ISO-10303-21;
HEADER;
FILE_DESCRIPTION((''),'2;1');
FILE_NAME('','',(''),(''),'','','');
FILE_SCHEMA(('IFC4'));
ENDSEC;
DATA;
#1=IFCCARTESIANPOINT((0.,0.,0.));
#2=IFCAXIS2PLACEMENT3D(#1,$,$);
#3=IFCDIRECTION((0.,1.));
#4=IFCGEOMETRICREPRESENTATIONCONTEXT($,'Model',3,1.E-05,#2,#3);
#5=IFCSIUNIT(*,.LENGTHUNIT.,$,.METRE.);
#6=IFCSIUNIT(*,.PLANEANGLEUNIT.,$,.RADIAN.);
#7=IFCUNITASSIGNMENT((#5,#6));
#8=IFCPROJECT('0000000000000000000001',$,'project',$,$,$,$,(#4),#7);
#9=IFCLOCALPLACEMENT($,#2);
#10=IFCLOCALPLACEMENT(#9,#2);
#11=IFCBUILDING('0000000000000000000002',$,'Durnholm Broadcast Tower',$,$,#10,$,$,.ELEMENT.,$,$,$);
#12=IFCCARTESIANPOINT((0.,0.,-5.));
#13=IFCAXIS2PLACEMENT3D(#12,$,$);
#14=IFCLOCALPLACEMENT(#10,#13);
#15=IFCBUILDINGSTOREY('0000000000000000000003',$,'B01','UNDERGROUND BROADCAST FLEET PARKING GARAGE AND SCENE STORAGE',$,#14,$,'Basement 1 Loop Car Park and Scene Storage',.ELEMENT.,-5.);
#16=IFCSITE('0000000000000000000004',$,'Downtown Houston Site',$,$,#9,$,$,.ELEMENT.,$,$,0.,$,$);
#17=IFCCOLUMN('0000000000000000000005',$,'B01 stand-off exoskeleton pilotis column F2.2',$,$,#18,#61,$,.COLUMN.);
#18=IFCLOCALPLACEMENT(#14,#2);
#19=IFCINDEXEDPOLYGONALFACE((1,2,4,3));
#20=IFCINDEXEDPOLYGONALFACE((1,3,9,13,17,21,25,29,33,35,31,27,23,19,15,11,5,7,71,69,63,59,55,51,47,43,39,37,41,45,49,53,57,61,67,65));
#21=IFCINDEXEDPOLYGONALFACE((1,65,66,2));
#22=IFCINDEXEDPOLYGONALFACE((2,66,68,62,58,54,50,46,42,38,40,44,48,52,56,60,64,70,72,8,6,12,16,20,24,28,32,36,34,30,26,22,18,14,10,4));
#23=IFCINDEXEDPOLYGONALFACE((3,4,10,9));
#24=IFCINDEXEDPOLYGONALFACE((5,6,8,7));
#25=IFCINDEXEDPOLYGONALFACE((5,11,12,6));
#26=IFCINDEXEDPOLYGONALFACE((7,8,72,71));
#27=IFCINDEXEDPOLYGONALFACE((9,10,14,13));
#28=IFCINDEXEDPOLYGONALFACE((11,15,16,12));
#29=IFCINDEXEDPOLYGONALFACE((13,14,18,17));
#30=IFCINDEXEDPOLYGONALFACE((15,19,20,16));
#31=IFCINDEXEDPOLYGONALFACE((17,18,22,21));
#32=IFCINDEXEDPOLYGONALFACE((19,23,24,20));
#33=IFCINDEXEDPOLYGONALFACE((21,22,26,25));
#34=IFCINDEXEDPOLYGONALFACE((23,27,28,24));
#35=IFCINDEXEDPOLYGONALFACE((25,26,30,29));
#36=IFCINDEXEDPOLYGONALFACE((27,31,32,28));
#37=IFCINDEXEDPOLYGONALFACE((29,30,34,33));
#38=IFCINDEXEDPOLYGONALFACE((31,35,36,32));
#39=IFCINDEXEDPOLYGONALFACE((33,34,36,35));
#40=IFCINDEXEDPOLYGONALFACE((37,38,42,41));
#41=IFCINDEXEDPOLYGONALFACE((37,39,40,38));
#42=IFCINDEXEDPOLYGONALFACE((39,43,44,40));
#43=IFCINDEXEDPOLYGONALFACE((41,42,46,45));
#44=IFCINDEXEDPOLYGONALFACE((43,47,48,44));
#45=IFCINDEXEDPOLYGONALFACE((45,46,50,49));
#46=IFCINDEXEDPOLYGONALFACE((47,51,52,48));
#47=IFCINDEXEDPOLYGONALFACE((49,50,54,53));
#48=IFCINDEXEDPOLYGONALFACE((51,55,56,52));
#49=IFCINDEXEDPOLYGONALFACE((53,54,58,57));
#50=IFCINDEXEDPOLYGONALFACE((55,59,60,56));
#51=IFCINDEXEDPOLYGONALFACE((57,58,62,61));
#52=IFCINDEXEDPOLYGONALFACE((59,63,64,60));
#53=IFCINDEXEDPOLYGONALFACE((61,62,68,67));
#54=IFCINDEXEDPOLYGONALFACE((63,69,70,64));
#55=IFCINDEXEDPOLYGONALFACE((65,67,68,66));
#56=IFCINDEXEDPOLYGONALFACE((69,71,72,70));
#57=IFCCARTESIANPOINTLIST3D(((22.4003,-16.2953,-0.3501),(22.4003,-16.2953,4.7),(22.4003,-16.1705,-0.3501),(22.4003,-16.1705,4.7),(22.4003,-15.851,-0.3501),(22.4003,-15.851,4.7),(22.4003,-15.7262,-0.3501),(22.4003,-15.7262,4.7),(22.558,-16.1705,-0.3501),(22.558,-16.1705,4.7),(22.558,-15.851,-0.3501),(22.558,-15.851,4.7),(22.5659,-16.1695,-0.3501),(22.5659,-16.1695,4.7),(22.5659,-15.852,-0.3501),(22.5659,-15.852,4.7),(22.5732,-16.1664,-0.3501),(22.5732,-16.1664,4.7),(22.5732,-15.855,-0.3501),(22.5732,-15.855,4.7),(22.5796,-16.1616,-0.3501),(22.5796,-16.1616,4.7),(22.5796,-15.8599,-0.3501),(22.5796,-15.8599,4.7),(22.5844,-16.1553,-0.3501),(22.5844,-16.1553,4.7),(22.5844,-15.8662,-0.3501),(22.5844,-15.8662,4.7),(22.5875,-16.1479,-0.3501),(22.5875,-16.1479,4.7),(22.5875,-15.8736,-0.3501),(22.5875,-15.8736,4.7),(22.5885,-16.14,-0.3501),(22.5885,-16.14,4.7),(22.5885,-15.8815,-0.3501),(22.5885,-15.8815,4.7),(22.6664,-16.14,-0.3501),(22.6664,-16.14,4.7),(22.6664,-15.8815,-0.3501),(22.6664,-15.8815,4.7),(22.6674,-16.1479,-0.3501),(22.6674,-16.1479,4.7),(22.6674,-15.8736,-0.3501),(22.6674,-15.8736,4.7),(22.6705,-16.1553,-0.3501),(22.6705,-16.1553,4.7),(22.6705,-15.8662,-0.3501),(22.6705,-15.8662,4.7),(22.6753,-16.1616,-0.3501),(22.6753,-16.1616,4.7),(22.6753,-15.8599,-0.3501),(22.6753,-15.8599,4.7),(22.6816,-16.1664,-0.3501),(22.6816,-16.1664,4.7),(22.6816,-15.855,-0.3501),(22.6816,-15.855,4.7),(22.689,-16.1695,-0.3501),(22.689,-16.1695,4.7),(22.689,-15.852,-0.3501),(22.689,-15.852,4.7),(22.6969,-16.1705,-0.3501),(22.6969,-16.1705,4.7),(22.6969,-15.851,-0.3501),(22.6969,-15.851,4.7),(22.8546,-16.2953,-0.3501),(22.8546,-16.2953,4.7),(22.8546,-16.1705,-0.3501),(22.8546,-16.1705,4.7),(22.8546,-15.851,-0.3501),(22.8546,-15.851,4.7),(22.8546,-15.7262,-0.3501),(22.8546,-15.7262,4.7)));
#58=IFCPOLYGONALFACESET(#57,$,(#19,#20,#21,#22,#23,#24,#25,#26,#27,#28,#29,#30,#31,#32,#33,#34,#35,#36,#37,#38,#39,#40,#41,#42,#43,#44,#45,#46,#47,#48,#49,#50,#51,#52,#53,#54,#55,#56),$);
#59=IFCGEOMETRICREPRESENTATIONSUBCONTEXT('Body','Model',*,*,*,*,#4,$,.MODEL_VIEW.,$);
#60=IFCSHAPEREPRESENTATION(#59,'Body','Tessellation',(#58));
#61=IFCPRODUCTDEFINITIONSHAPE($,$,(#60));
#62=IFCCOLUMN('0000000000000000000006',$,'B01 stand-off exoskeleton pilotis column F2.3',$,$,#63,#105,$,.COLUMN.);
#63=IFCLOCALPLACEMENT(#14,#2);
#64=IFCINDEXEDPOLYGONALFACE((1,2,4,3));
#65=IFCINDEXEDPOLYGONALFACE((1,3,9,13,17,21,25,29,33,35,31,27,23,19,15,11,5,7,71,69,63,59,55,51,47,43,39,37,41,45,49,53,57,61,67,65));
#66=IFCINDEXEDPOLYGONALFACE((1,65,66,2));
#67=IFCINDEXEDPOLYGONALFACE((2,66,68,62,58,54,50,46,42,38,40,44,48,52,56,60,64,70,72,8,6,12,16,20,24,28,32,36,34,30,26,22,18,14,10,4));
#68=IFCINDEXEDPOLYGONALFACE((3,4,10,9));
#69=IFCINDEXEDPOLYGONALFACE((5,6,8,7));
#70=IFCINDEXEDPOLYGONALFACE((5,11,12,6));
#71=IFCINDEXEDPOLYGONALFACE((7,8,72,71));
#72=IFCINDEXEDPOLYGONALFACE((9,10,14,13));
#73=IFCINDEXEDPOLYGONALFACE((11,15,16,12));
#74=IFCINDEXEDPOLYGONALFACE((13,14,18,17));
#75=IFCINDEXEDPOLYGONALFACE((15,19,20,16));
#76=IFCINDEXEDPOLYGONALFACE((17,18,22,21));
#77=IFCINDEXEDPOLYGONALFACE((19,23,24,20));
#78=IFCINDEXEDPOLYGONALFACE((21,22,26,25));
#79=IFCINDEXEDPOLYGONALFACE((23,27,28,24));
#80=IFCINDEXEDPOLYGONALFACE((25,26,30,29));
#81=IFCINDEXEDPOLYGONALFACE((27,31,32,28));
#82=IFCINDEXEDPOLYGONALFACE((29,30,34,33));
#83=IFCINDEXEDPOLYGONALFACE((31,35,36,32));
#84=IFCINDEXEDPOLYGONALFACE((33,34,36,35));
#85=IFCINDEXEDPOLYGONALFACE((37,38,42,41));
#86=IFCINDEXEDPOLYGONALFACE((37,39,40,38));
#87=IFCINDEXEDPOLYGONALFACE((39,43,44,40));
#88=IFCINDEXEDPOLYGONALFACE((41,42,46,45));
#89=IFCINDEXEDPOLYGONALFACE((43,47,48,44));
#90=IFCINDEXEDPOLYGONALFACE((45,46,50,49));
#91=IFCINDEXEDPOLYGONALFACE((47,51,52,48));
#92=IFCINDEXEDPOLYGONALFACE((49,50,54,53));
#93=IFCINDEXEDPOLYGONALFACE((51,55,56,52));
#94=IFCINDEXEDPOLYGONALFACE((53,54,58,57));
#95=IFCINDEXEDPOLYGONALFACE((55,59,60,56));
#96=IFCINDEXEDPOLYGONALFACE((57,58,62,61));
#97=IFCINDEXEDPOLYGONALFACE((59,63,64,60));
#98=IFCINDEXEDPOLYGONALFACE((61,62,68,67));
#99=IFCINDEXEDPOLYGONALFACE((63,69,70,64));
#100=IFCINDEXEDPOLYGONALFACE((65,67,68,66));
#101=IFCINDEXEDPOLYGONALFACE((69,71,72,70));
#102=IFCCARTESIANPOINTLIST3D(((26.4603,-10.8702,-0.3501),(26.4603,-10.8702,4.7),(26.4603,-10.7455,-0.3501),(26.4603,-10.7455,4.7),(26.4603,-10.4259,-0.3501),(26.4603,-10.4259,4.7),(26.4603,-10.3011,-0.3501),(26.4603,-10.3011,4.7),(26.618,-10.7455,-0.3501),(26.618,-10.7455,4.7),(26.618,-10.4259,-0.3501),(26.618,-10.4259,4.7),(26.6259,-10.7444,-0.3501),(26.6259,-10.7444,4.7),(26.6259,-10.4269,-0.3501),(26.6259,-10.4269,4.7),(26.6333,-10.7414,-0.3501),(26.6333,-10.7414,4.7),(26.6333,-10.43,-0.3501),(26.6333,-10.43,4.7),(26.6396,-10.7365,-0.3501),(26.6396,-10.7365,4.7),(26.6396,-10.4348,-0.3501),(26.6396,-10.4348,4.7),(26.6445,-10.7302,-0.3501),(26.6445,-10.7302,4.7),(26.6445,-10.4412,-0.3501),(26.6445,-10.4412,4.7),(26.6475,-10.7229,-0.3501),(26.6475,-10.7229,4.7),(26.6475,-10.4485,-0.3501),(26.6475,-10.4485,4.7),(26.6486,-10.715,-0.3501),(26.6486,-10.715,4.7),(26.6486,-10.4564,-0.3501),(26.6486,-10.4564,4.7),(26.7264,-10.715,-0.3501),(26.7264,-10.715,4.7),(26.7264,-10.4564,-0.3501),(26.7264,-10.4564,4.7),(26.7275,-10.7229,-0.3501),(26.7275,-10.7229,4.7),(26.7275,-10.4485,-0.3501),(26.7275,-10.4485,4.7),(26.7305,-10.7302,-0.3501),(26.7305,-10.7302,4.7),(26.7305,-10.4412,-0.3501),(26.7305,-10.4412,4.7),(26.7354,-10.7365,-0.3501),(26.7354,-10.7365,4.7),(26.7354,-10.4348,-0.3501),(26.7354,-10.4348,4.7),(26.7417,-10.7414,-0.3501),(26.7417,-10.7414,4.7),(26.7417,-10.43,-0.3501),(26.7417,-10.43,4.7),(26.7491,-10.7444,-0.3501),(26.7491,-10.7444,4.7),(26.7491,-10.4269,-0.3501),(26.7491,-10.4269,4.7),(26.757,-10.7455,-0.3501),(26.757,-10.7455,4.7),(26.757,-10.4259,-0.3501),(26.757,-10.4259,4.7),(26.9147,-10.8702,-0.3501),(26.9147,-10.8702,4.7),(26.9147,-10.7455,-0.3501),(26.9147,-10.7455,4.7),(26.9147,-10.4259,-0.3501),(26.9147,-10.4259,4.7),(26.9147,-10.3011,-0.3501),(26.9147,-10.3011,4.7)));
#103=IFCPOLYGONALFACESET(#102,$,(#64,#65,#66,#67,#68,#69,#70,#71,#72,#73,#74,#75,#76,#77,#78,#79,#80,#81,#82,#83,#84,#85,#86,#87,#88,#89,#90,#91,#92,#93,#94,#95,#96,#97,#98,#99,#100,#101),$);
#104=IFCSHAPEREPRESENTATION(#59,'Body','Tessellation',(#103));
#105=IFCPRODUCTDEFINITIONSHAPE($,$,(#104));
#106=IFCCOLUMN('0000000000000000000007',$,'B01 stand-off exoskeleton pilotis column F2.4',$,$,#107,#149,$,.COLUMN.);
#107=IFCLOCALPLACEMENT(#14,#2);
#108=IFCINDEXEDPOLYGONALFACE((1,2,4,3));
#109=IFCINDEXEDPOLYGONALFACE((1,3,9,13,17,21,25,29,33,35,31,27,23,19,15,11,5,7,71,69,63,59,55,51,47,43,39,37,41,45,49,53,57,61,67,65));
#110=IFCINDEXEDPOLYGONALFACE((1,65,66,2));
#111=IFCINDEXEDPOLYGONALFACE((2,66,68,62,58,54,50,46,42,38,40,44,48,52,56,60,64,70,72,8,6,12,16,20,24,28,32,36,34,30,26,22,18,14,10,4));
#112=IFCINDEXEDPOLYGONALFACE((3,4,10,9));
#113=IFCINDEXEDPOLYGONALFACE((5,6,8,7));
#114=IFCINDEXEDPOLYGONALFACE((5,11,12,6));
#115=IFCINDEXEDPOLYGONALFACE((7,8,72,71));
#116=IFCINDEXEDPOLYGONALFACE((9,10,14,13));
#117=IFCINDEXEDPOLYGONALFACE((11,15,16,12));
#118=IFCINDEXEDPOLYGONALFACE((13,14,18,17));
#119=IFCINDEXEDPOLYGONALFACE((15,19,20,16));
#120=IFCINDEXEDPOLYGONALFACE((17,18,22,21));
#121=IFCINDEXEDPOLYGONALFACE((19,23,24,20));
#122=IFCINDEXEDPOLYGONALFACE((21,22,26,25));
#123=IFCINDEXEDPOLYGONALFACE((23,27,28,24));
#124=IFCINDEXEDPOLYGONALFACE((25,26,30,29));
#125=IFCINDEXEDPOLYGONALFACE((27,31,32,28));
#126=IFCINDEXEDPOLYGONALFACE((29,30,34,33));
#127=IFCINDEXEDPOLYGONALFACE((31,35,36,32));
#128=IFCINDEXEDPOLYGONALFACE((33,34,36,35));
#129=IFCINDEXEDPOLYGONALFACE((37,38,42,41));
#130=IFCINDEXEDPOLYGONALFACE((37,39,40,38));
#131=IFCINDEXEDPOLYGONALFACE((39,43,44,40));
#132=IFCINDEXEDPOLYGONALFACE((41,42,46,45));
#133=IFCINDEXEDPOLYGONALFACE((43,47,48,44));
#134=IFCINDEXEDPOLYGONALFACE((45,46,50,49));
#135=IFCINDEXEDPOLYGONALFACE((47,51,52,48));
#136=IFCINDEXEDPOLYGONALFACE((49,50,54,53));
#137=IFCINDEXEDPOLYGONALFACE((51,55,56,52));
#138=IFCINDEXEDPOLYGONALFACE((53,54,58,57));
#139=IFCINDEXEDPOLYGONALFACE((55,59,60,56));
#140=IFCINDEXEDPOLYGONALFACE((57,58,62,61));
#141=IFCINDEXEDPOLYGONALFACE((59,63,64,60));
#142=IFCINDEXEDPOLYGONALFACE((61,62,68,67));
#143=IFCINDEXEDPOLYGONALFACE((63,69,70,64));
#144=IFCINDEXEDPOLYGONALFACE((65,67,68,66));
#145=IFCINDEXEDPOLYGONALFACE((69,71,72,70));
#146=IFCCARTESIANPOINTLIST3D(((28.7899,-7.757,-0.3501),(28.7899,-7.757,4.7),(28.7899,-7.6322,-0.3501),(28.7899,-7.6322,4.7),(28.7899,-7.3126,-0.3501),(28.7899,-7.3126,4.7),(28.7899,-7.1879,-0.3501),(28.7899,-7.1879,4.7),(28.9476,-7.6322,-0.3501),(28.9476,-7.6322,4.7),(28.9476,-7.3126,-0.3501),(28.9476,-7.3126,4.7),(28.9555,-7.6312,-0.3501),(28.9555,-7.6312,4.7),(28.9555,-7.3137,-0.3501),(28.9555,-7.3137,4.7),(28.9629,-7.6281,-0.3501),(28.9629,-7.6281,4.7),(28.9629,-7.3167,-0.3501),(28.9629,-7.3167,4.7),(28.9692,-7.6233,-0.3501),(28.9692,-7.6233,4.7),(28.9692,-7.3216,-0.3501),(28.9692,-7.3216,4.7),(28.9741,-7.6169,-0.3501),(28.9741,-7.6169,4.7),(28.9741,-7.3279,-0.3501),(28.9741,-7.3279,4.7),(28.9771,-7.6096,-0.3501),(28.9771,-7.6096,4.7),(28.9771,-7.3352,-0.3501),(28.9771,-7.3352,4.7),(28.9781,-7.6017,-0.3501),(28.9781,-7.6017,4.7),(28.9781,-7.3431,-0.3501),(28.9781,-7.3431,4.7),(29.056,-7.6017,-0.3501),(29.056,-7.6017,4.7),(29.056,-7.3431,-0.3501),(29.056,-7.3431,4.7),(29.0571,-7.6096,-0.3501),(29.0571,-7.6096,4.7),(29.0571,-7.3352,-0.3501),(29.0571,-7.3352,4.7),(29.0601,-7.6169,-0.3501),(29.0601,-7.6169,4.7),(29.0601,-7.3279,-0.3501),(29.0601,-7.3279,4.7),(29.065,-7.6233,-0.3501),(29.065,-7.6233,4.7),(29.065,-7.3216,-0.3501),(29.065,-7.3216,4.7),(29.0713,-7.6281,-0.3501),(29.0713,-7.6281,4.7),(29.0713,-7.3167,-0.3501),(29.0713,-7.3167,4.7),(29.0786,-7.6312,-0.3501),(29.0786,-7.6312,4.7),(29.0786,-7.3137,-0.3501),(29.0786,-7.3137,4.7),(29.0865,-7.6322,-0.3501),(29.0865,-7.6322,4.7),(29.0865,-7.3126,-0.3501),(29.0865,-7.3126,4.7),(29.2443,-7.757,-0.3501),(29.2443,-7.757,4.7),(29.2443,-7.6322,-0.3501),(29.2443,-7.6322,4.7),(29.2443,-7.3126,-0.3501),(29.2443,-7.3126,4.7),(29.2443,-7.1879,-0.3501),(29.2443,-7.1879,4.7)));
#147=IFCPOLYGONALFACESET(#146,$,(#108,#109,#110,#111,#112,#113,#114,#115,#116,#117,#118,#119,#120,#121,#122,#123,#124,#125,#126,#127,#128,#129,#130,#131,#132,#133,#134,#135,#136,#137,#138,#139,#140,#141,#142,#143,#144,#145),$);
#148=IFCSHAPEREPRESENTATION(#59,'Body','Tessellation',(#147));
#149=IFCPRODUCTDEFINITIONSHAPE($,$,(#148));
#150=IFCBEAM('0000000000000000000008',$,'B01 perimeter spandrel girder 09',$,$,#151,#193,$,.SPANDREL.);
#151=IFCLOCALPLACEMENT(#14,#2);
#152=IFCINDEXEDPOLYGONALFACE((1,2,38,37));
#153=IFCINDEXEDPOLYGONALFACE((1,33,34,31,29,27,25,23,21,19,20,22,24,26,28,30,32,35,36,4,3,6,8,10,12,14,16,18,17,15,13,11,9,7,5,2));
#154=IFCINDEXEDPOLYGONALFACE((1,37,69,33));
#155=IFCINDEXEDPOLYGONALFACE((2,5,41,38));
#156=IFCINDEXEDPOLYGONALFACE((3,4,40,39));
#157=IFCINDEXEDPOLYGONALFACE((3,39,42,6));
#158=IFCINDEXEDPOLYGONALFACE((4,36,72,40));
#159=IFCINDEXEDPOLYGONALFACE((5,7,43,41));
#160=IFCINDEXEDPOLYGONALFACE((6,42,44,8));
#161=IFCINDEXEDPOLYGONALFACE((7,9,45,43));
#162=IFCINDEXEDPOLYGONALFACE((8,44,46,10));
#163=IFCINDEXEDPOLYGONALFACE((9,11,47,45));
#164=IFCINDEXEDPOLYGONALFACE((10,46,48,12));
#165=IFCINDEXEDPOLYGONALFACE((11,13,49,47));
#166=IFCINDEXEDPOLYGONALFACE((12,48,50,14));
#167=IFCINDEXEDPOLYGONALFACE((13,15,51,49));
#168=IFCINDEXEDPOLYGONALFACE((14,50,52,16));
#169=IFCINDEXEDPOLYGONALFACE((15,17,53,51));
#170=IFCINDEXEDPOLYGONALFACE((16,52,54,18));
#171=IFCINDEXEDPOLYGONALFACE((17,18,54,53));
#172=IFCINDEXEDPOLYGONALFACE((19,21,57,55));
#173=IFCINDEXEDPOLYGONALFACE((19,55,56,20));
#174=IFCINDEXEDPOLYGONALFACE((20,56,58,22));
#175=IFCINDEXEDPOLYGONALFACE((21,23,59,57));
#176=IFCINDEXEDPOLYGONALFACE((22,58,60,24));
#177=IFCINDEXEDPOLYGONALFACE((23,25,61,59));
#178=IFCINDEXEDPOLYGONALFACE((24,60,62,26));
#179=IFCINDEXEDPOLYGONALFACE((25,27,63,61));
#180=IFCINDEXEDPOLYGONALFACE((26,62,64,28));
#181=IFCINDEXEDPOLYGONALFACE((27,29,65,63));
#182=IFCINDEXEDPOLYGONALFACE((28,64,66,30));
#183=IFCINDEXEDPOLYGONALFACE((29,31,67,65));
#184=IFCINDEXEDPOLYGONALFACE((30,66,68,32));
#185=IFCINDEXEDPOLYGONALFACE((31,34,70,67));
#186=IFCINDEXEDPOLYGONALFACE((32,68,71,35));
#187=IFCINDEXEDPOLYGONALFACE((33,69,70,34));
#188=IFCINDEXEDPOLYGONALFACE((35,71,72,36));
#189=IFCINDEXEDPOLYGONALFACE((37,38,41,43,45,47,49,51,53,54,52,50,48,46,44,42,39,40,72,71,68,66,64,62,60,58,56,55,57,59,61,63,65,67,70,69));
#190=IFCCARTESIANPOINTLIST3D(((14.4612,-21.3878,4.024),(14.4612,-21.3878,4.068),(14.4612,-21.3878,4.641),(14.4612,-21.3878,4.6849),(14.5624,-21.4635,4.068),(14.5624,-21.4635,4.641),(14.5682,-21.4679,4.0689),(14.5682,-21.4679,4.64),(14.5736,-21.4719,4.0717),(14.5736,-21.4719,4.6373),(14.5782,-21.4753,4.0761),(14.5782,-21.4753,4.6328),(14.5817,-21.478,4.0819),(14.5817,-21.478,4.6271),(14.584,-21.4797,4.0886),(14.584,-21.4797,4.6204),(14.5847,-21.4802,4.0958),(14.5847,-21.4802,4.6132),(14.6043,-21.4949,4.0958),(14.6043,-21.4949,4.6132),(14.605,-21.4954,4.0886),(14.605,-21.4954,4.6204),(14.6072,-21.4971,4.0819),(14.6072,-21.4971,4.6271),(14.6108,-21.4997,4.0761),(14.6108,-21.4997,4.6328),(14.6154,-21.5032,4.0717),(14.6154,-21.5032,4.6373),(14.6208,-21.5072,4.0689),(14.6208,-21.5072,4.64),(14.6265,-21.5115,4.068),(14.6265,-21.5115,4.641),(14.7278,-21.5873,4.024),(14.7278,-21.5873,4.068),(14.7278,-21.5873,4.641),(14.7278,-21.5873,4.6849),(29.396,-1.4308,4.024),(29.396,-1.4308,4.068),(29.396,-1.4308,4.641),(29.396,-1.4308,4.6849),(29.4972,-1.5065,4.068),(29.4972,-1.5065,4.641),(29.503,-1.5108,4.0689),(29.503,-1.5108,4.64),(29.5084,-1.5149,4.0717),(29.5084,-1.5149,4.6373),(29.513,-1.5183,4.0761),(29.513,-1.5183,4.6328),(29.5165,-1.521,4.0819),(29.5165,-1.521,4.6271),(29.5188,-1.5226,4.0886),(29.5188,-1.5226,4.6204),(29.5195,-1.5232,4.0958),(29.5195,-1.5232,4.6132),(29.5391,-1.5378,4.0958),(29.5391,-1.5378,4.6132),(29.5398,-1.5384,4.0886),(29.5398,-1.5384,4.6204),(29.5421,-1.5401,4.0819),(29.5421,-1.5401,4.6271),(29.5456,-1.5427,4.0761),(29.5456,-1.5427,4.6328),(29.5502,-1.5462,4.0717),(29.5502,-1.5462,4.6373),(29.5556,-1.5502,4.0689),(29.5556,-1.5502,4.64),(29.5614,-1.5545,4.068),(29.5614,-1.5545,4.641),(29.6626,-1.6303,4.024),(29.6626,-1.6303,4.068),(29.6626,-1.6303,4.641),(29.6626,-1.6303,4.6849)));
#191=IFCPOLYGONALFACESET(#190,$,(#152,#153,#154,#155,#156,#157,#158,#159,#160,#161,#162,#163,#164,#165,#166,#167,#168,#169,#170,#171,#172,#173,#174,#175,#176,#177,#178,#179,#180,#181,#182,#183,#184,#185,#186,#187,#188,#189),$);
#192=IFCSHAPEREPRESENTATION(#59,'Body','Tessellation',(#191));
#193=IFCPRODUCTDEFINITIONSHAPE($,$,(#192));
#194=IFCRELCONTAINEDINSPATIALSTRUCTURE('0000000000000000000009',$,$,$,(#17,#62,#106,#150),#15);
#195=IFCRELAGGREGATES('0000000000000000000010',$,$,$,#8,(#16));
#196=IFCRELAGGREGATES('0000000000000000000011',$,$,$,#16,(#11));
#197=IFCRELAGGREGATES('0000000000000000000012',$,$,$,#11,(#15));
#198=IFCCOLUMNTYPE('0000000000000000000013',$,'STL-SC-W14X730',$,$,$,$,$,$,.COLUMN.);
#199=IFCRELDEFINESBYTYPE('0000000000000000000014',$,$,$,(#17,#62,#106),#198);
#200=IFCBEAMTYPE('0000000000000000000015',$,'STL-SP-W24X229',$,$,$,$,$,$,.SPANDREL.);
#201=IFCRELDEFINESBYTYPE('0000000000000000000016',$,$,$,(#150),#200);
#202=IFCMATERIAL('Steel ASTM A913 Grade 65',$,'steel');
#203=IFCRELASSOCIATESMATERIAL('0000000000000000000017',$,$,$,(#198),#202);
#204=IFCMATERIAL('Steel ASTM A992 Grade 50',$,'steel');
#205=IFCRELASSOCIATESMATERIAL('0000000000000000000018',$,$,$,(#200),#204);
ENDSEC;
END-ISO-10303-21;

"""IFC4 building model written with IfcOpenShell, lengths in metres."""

from ifc_helpers import new_model, si_unit, direction, frame, origin, origin_2d, place, context, subcontext, project, spatial, i_section, extrude, source, transform, mapped, material, material_profile, profile_set, type_object, type_shapes, element, save


model = new_model("IFC4")

# Units and contexts
model_context = context("Model", 3, precision=1e-05, world=origin(), true_north=direction((0.0, 1.0)))
body_context = subcontext(model_context, "Body", "Model", "MODEL_VIEW")
ifc_project = project(units=[si_unit("LENGTHUNIT", "METRE"), si_unit("PLANEANGLEUNIT", "RADIAN")], contexts=[model_context])

# Site, building, storey
site_placement = place(None, origin())
site = spatial("IfcSite", under=ifc_project, at=site_placement, Name="Downtown Houston Site", CompositionType="ELEMENT", RefElevation=0.0)
building_placement = place(site_placement, origin())
building = spatial("IfcBuilding", under=site, at=building_placement, Name="Durnholm Broadcast Tower", CompositionType="ELEMENT")
storey_placement = place(building_placement, frame((0.0, 0.0, -5.0)))
storey = spatial("IfcBuildingStorey", under=building, at=storey_placement, Name="B01", Description="UNDERGROUND BROADCAST FLEET PARKING GARAGE AND SCENE STORAGE", LongName="Basement 1 Loop Car Park and Scene Storage", CompositionType="ELEMENT", Elevation=-5.0)

# Columns
ifc_material_1 = material(Name="Steel ASTM A913 Grade 65", Category="steel")
ifc_material_profile_1 = material_profile(ifc_material_1, i_section(OverallWidth=0.4543, OverallDepth=0.5691, WebThickness=0.0779, FlangeThickness=0.1248, FilletRadius=0.0305, at=origin_2d()), Name="W14X730")
ifc_profile_set_1 = profile_set([ifc_material_profile_1], Name="Steel ASTM A913 Grade 65")
column_type_1 = type_object("IfcColumnType", Name="STL-SC-W14X730", PredefinedType="COLUMN", material=ifc_profile_set_1)
shared_shape_1 = source(origin(), body_context, "Body", "SweptSolid", [
    extrude(i_section(OverallWidth=0.4543, OverallDepth=0.5691, WebThickness=0.0779, FlangeThickness=0.1248, FilletRadius=0.0305, at=origin_2d()), origin(), (0.0, 0.0, 1.0), 5.05),
])
type_shapes(column_type_1, [shared_shape_1])
for number, where, z_axis, x_axis, name in (
    (1, (22.6274, -16.0107, -0.3501), (0.0, 0.0, 1.0), (1.0, 0.0, 0.0), "B01 stand-off exoskeleton pilotis column F2.2"),
    (2, (26.6875, -10.5857, -0.3501), (0.0, 0.0, 1.0), (1.0, 0.0, 0.0), "B01 stand-off exoskeleton pilotis column F2.3"),
    (3, (29.0171, -7.4724, -0.3501), (0.0, 0.0, 1.0), (1.0, 0.0, 0.0), "B01 stand-off exoskeleton pilotis column F2.4"),
):
    element("IfcColumn", number, at=place(storey_placement, frame(where, z_axis=z_axis, x_axis=x_axis)), inside=storey, type_object=column_type_1, Name=name, PredefinedType="COLUMN", context=body_context, shape_type="MappedRepresentation", body=[
        mapped(shared_shape_1, transform((0.0, 0.0, 0.0), x_axis=(1.0, 0.0, 0.0), y_axis=(0.0, 1.0, 0.0), z_axis=(0.0, 0.0, 1.0), scale=1.0)),
    ])

# Beam
ifc_material_2 = material(Name="Steel ASTM A992 Grade 50", Category="steel")
ifc_material_profile_2 = material_profile(ifc_material_2, i_section(OverallWidth=0.333, OverallDepth=0.6609, WebThickness=0.0244, FlangeThickness=0.0439, FilletRadius=0.0278, at=origin_2d()), Name="W24X229")
ifc_profile_set_2 = profile_set([ifc_material_profile_2], Name="Steel ASTM A992 Grade 50")
beam_type_1 = type_object("IfcBeamType", Name="STL-SP-W24X229", PredefinedType="SPANDREL", material=ifc_profile_set_2)
shared_shape_2 = source(origin(), body_context, "Body", "SweptSolid", [
    extrude(i_section(OverallWidth=0.333, OverallDepth=0.6609, WebThickness=0.0244, FlangeThickness=0.0439, FilletRadius=0.0278, at=origin_2d()), origin(), (0.0, 0.0, 1.0), 24.9265),
])
beam_1_placement = place(storey_placement, frame((29.5293, -1.5305, 4.3545), z_axis=(-0.599153, -0.800634, 0.0), x_axis=(0.800634, -0.599153, 0.0)))
element("IfcBeam", 4, at=beam_1_placement, inside=storey, type_object=beam_type_1, Name="B01 perimeter spandrel girder 09", PredefinedType="SPANDREL", context=body_context, shape_type="MappedRepresentation", body=[
    mapped(shared_shape_2, transform((0.0, 0.0, 0.0), x_axis=(1.0, 0.0, 0.0), y_axis=(0.0, 1.0, 0.0), z_axis=(0.0, 0.0, 1.0), scale=1.0)),
])

save(model, "model.ifc")
